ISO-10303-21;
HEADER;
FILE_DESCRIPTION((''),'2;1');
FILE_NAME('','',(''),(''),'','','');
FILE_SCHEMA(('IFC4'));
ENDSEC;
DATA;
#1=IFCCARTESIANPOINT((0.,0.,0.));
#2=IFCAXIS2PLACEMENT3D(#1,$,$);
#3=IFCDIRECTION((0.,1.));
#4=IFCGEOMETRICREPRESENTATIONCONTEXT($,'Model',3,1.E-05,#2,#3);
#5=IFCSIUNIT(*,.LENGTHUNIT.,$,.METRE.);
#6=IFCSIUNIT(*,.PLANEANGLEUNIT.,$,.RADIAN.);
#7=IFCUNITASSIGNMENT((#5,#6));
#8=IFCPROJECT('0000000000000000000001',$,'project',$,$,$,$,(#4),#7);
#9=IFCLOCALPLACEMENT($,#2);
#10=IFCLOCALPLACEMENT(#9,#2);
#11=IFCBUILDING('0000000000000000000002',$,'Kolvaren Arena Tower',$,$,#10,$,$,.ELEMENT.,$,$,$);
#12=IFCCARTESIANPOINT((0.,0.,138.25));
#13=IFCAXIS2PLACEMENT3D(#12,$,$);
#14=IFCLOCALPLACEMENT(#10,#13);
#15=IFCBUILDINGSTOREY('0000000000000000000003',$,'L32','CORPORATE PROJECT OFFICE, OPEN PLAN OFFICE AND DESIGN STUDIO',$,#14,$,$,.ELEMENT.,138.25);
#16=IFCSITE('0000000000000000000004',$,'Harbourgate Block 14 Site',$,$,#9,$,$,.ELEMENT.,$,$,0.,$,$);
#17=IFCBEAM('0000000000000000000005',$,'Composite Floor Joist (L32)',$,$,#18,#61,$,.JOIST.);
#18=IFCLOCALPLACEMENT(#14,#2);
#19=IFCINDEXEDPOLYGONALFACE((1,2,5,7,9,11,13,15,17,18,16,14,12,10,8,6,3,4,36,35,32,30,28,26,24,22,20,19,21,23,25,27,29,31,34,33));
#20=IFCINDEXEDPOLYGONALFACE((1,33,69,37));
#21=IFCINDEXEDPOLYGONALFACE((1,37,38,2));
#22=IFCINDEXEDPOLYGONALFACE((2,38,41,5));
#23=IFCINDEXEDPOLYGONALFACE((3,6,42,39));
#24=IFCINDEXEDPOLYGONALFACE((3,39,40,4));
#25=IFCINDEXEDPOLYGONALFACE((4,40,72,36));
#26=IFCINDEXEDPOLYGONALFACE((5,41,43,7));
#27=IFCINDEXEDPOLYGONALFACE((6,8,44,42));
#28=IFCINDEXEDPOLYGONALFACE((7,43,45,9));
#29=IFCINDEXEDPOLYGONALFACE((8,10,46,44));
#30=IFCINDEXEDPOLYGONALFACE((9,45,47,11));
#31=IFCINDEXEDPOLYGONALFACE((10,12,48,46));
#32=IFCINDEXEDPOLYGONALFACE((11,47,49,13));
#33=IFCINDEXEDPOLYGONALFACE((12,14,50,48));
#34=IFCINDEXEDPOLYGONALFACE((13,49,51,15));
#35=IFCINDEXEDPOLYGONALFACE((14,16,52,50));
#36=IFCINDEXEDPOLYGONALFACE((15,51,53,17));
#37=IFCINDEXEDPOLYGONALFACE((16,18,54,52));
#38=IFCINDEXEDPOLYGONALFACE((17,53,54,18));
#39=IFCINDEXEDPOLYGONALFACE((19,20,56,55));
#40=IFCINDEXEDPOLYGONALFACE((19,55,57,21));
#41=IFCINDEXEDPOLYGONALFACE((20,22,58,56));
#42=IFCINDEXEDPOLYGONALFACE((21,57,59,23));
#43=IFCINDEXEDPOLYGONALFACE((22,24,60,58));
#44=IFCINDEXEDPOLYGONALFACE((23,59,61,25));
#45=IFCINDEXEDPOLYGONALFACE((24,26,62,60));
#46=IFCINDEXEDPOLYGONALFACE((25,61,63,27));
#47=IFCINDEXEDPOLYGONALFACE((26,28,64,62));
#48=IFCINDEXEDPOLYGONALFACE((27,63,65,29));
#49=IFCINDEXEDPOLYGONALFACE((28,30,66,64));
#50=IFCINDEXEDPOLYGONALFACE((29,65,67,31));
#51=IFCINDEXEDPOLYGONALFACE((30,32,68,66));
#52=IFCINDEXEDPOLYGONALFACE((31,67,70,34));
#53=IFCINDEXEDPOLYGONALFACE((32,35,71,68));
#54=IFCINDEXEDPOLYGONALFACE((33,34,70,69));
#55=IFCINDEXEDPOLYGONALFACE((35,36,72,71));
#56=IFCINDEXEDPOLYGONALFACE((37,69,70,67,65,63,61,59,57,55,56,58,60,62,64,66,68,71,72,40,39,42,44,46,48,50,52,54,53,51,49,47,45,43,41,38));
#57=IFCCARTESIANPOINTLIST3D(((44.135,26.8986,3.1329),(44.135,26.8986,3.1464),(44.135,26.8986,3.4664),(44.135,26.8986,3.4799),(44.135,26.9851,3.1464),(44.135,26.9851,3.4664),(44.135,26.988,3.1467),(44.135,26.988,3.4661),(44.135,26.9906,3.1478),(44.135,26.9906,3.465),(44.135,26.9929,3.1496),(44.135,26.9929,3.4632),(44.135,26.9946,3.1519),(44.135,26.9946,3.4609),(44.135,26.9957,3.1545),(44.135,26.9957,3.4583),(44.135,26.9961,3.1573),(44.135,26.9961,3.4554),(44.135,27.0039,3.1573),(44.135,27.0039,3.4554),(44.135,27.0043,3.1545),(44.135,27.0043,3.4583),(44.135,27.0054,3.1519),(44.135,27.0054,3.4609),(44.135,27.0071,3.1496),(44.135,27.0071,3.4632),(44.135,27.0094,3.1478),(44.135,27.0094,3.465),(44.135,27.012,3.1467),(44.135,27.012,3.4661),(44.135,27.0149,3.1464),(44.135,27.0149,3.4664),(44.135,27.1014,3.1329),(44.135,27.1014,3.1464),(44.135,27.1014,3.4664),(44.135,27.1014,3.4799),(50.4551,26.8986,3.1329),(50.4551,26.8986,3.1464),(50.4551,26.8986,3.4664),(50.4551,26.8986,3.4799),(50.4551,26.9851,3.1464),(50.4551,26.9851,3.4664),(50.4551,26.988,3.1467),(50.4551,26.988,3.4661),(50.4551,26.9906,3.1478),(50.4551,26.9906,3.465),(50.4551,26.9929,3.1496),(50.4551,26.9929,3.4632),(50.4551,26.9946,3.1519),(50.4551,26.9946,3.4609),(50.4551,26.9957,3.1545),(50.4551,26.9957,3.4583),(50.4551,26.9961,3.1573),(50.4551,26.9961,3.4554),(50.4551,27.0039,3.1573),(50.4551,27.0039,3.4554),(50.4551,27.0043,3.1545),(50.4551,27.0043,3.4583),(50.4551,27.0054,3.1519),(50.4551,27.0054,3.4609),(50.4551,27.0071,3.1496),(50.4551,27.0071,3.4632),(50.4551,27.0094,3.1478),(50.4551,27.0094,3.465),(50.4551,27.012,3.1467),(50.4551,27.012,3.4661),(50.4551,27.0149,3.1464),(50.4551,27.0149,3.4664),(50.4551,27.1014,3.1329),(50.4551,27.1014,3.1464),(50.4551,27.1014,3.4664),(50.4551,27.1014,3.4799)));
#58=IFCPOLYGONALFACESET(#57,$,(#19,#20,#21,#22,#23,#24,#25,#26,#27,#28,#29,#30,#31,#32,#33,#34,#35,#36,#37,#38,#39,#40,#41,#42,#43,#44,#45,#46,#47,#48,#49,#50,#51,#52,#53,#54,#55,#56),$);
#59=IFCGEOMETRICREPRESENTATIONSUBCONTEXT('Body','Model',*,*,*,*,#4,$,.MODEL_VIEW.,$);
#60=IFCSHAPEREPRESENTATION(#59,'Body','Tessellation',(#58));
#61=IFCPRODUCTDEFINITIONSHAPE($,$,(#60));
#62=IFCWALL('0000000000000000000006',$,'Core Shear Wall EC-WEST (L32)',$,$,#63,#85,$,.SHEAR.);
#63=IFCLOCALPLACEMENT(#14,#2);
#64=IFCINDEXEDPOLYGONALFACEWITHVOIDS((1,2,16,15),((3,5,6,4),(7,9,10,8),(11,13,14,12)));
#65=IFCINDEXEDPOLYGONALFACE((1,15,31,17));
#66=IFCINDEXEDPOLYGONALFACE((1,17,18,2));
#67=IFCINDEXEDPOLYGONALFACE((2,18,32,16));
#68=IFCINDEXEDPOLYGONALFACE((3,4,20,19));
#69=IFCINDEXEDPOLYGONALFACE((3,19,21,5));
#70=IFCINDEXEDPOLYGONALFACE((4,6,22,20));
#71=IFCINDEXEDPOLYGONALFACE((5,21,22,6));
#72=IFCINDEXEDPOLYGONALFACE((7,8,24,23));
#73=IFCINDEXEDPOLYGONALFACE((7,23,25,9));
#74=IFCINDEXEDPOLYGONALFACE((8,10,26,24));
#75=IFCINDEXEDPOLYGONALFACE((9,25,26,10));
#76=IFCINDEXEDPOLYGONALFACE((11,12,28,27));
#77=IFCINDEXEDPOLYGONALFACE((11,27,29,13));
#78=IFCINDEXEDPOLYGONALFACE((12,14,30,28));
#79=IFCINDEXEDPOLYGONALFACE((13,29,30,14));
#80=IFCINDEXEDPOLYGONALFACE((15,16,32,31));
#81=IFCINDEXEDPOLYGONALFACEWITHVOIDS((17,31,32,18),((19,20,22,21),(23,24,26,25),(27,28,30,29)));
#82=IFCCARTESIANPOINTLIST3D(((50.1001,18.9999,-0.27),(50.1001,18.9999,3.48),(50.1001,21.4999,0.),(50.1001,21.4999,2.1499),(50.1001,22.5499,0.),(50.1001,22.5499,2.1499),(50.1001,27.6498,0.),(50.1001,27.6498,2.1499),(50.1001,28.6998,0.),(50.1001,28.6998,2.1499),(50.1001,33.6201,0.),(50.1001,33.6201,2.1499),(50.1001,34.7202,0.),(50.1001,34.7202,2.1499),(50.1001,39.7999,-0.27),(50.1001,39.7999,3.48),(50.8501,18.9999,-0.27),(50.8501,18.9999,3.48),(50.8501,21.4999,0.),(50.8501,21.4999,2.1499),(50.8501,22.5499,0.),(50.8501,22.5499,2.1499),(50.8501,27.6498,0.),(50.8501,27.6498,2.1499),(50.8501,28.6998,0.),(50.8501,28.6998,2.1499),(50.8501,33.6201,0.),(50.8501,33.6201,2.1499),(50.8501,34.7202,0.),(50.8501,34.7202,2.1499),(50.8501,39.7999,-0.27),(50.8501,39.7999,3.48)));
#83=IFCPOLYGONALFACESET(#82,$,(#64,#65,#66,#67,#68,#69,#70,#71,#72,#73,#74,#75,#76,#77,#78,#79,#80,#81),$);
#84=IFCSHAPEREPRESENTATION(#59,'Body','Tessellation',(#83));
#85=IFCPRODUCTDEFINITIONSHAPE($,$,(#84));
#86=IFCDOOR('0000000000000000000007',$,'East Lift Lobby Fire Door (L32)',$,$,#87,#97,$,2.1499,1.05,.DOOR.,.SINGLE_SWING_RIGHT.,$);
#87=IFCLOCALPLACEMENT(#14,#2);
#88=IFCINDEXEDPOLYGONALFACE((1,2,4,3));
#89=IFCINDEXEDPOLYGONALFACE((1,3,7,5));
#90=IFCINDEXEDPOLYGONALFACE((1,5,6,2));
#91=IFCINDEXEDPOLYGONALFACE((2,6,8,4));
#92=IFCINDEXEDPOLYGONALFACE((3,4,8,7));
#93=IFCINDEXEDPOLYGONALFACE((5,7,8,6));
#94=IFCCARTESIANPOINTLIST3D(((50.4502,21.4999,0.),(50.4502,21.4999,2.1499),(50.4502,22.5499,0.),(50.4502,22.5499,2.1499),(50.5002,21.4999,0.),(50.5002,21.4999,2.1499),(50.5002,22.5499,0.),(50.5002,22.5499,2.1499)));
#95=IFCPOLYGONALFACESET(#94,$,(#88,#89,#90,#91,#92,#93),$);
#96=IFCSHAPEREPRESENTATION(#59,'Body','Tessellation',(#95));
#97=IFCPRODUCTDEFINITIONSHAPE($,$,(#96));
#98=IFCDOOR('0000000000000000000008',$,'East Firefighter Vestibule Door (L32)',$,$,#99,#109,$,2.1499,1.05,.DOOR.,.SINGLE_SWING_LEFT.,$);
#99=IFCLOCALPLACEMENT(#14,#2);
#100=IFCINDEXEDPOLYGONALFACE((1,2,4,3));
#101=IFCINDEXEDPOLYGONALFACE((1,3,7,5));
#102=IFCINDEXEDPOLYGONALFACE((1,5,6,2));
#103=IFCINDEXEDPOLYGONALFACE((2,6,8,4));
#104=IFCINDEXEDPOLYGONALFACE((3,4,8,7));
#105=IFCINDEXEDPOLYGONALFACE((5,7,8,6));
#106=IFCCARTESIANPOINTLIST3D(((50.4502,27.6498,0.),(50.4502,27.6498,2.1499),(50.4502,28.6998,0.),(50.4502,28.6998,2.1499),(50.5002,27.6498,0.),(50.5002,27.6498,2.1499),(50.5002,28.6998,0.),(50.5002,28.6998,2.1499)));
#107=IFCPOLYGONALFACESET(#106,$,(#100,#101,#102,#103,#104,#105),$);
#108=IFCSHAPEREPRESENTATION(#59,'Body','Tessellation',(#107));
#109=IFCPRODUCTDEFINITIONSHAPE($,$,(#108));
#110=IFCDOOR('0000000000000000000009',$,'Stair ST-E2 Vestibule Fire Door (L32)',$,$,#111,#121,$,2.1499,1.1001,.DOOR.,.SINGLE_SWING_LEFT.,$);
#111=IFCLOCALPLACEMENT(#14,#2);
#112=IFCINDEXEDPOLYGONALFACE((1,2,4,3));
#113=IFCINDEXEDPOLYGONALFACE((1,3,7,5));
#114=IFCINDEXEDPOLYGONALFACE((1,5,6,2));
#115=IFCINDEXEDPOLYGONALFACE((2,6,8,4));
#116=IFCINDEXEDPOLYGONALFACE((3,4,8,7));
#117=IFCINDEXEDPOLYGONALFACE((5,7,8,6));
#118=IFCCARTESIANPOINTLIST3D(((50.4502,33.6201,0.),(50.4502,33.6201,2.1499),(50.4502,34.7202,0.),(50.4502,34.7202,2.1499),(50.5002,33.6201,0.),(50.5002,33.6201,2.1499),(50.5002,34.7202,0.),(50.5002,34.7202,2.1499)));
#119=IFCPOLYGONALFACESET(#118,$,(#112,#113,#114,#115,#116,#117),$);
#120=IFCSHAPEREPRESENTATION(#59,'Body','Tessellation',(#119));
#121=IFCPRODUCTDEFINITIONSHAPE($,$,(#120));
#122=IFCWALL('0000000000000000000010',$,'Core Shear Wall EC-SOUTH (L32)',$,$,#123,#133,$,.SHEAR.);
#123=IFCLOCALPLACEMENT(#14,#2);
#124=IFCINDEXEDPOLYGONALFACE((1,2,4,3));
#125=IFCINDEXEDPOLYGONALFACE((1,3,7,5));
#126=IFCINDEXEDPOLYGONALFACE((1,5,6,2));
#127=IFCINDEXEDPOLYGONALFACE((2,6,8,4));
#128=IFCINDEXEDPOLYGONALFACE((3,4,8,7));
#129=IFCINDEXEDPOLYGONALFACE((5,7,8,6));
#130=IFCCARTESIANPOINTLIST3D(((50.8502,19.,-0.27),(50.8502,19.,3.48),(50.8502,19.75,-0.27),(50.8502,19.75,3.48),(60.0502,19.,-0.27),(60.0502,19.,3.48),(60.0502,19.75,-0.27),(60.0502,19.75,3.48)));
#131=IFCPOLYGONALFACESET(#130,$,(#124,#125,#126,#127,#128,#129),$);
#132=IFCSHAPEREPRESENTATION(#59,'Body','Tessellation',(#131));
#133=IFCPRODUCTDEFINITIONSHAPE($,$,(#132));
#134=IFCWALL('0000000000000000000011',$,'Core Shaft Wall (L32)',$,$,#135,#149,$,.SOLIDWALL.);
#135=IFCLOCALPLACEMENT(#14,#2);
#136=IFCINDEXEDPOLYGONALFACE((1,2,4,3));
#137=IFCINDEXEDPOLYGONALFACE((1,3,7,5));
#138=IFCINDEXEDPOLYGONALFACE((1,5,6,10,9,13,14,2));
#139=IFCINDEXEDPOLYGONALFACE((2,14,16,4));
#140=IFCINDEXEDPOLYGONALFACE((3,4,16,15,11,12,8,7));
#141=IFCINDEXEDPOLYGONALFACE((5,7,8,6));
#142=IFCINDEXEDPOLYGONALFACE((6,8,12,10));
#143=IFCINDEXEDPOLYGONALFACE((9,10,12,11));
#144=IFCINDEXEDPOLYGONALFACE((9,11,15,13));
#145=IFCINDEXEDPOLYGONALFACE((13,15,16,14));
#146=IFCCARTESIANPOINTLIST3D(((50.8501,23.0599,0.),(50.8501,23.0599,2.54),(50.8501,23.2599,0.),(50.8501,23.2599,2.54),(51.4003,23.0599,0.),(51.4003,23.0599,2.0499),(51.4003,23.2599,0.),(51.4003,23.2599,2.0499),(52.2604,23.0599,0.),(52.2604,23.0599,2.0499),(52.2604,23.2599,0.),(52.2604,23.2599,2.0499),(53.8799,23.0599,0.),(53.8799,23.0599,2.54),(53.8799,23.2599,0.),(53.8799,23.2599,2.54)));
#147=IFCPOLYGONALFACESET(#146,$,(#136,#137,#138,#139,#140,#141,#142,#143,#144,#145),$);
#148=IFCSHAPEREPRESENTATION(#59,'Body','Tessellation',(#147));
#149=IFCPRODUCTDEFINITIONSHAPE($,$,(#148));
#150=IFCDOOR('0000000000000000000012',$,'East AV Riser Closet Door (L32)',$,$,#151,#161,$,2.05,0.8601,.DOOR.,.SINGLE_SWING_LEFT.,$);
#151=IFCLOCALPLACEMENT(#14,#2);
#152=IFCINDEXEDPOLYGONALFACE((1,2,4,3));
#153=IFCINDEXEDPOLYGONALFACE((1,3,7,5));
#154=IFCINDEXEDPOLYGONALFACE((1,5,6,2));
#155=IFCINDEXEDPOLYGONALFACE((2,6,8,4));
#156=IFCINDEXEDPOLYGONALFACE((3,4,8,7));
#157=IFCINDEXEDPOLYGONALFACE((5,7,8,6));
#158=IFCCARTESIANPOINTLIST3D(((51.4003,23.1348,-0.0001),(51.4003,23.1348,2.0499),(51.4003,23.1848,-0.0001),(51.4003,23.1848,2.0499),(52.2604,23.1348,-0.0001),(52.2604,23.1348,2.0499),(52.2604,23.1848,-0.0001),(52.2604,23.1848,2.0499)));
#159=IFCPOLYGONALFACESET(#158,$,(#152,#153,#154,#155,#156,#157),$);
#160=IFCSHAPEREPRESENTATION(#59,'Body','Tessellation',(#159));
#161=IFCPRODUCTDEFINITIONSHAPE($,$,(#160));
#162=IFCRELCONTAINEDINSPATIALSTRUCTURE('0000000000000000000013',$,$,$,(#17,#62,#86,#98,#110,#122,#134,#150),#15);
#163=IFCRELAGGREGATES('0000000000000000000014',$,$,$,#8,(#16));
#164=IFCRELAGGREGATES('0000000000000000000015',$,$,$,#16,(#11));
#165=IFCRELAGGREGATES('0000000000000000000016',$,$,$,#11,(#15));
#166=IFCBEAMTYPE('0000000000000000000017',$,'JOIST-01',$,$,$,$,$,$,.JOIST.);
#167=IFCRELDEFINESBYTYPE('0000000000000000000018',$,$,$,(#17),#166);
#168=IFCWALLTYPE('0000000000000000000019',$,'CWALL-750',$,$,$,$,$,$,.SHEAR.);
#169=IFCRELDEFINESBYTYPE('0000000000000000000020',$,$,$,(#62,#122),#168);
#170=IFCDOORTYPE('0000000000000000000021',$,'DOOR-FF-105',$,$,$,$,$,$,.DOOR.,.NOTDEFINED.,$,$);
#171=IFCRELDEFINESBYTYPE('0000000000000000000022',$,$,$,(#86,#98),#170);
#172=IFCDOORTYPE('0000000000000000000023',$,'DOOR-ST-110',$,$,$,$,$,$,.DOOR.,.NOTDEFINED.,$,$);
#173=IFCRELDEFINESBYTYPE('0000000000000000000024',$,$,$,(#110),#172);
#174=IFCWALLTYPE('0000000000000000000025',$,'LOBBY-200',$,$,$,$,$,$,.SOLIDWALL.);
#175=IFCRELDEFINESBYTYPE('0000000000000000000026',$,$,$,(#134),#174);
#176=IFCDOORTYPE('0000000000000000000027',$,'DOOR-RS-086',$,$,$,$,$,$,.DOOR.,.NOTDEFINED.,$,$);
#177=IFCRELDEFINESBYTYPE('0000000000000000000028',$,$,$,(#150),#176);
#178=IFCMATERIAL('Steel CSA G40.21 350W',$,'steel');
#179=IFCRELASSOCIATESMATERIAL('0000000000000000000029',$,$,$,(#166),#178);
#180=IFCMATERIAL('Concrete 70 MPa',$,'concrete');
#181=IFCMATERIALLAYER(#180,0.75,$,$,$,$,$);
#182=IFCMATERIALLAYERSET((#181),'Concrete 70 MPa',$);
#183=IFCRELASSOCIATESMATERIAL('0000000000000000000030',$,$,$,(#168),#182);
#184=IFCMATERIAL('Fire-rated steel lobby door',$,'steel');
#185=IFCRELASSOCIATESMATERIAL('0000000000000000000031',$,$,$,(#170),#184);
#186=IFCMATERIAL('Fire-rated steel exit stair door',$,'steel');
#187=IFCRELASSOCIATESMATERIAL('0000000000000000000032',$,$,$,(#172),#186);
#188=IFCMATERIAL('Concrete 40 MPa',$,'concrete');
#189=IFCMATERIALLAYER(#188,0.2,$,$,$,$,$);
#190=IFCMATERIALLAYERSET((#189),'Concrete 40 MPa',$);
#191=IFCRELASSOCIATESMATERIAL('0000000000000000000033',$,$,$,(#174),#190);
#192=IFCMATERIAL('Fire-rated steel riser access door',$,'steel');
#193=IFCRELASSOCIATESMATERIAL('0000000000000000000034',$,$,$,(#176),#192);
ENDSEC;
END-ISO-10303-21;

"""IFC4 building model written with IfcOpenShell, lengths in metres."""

from ifc_helpers import new_model, si_unit, direction, frame, frame_2d, origin, origin_2d, place, context, subcontext, project, spatial, rectangle, i_section, extrude, material, layer, layer_set, material_profile, profile_set, type_object, element, fill, save


model = new_model("IFC4")

# Units and contexts
model_context = context("Model", 3, precision=1e-05, world=origin(), true_north=direction((0.0, 1.0)))
body_context = subcontext(model_context, "Body", "Model", "MODEL_VIEW")
ifc_project = project(units=[si_unit("LENGTHUNIT", "METRE"), si_unit("PLANEANGLEUNIT", "RADIAN")], contexts=[model_context])

# Site, building, storey
site_placement = place(None, origin())
site = spatial("IfcSite", under=ifc_project, at=site_placement, Name="Harbourgate Block 14 Site", CompositionType="ELEMENT", RefElevation=0.0)
building_placement = place(site_placement, origin())
building = spatial("IfcBuilding", under=site, at=building_placement, Name="Kolvaren Arena Tower", CompositionType="ELEMENT")
storey_placement = place(building_placement, frame((0.0, 0.0, 138.25)))
storey = spatial("IfcBuildingStorey", under=building, at=storey_placement, Name="L32", Description="CORPORATE PROJECT OFFICE, OPEN PLAN OFFICE AND DESIGN STUDIO", CompositionType="ELEMENT", Elevation=138.25)

# Beam
ifc_material_1 = material(Name="Steel CSA G40.21 350W", Category="steel")
ifc_material_profile_1 = material_profile(ifc_material_1, i_section(OverallWidth=0.2029, OverallDepth=0.3469, WebThickness=0.0078, FlangeThickness=0.0134, FilletRadius=0.011, at=origin_2d()), Name="W360x64")
ifc_profile_set_1 = profile_set([ifc_material_profile_1], Name="Steel CSA G40.21 350W")
beam_type_1 = type_object("IfcBeamType", Name="JOIST-01", PredefinedType="JOIST", material=ifc_profile_set_1)
for number, where, z_axis, x_axis, name in (
    (1, (44.135, 27.0, 3.3064), (1.0, 0.0, 0.0), (0.0, 1.0, 0.0), "Composite Floor Joist (L32)"),
):
    element("IfcBeam", number, at=place(storey_placement, frame(where, z_axis=z_axis, x_axis=x_axis)), inside=storey, type_object=beam_type_1, Name=name, PredefinedType="JOIST", context=body_context, shape_type="SweptSolid", body=[
        extrude(i_section(OverallWidth=0.2029, OverallDepth=0.3469, WebThickness=0.0078, FlangeThickness=0.0134, FilletRadius=0.011, at=origin_2d()), origin(), (0.0, 0.0, 1.0), 6.3201),
    ])

# Wall, openings, doors
ifc_material_2 = material(Name="Concrete 70 MPa", Category="concrete")
ifc_layer_1 = layer(ifc_material_2, 0.75)
ifc_layer_set_1 = layer_set([ifc_layer_1], Name="Concrete 70 MPa")
wall_type_1 = type_object("IfcWallType", Name="CWALL-750", PredefinedType="SHEAR", material=ifc_layer_set_1)
wall_1_placement = place(storey_placement, frame((50.4751, 19.0, -0.27), z_axis=(0.0, 0.0, 1.0), x_axis=(0.0, 1.0, 0.0)))
wall_1 = element("IfcWall", 2, at=wall_1_placement, inside=storey, type_object=wall_type_1, Name="Core Shear Wall EC-WEST (L32)", PredefinedType="SHEAR", context=body_context, shape_type="SweptSolid", body=[
    extrude(rectangle(XDim=20.8, YDim=0.75, at=frame_2d((10.3999, 0.0))), origin(), (0.0, 0.0, 1.0), 3.75),
])
opening_1_placement = place(wall_1_placement, frame((2.5, 0.0, 0.27)))
opening_1 = element("IfcOpeningElement", 3, at=opening_1_placement, cuts=wall_1, PredefinedType="OPENING", context=body_context, shape_type="SweptSolid", body=[
    extrude(rectangle(XDim=1.05, YDim=2.1499, at=frame_2d((0.5249, 1.075))), frame((0.0, 0.385, 0.0), z_axis=(0.0, -1.0, 0.0), x_axis=(1.0, 0.0, 0.0)), (0.0, 0.0, 1.0), 0.77),
])
opening_2_placement = place(wall_1_placement, frame((8.6499, 0.0, 0.27)))
opening_2 = element("IfcOpeningElement", 4, at=opening_2_placement, cuts=wall_1, PredefinedType="OPENING", context=body_context, shape_type="SweptSolid", body=[
    extrude(rectangle(XDim=1.05, YDim=2.1499, at=frame_2d((0.5249, 1.075))), frame((0.0, 0.385, 0.0), z_axis=(0.0, -1.0, 0.0), x_axis=(1.0, 0.0, 0.0)), (0.0, 0.0, 1.0), 0.77),
])
opening_3_placement = place(wall_1_placement, frame((14.6201, 0.0, 0.27)))
opening_3 = element("IfcOpeningElement", 5, at=opening_3_placement, cuts=wall_1, PredefinedType="OPENING", context=body_context, shape_type="SweptSolid", body=[
    extrude(rectangle(XDim=1.1001, YDim=2.1499, at=frame_2d((0.55, 1.075))), frame((0.0, 0.385, 0.0), z_axis=(0.0, -1.0, 0.0), x_axis=(1.0, 0.0, 0.0)), (0.0, 0.0, 1.0), 0.77),
])
ifc_material_3 = material(Name="Fire-rated steel lobby door", Category="steel")
door_type_1 = type_object("IfcDoorType", Name="DOOR-FF-105", OperationType="NOTDEFINED", PredefinedType="DOOR", material=ifc_material_3)
door_1_placement = place(opening_1_placement, origin())
door_1 = element("IfcDoor", 6, at=door_1_placement, inside=storey, type_object=door_type_1, Name="East Lift Lobby Fire Door (L32)", OperationType="SINGLE_SWING_RIGHT", OverallHeight=2.1499, OverallWidth=1.05, PredefinedType="DOOR", context=body_context, shape_type="SweptSolid", body=[
    extrude(rectangle(XDim=1.05, YDim=2.1499, at=frame_2d((0.5249, 1.075))), frame((0.0, 0.0249, 0.0), z_axis=(0.0, -1.0, 0.0), x_axis=(1.0, 0.0, 0.0)), (0.0, 0.0, 1.0), 0.05),
])
fill(opening_1, door_1)
door_2_placement = place(opening_2_placement, origin())
door_2 = element("IfcDoor", 7, at=door_2_placement, inside=storey, type_object=door_type_1, Name="East Firefighter Vestibule Door (L32)", OperationType="SINGLE_SWING_LEFT", OverallHeight=2.1499, OverallWidth=1.05, PredefinedType="DOOR", context=body_context, shape_type="SweptSolid", body=[
    extrude(rectangle(XDim=1.05, YDim=2.1499, at=frame_2d((0.5249, 1.075))), frame((0.0, 0.0249, 0.0), z_axis=(0.0, -1.0, 0.0), x_axis=(1.0, 0.0, 0.0)), (0.0, 0.0, 1.0), 0.05),
])
fill(opening_2, door_2)
ifc_material_4 = material(Name="Fire-rated steel exit stair door", Category="steel")
door_type_2 = type_object("IfcDoorType", Name="DOOR-ST-110", OperationType="NOTDEFINED", PredefinedType="DOOR", material=ifc_material_4)
door_3_placement = place(opening_3_placement, origin())
door_3 = element("IfcDoor", 8, at=door_3_placement, inside=storey, type_object=door_type_2, Name="Stair ST-E2 Vestibule Fire Door (L32)", OperationType="SINGLE_SWING_LEFT", OverallHeight=2.1499, OverallWidth=1.1001, PredefinedType="DOOR", context=body_context, shape_type="SweptSolid", body=[
    extrude(rectangle(XDim=1.1001, YDim=2.1499, at=frame_2d((0.55, 1.075))), frame((0.0, 0.0249, 0.0), z_axis=(0.0, -1.0, 0.0), x_axis=(1.0, 0.0, 0.0)), (0.0, 0.0, 1.0), 0.05),
])
fill(opening_3, door_3)

# Wall
wall_2_placement = place(storey_placement, frame((50.8501, 19.375, -0.27), z_axis=(0.0, 0.0, 1.0), x_axis=(1.0, 0.0, 0.0)))
element("IfcWall", 9, at=wall_2_placement, inside=storey, type_object=wall_type_1, Name="Core Shear Wall EC-SOUTH (L32)", PredefinedType="SHEAR", context=body_context, shape_type="SweptSolid", body=[
    extrude(rectangle(XDim=9.2, YDim=0.75, at=frame_2d((4.6001, 0.0))), origin(), (0.0, 0.0, 1.0), 3.75),
])

# Shared definitions
ifc_material_5 = material(Name="Concrete 40 MPa", Category="concrete")
ifc_layer_2 = layer(ifc_material_5, 0.2)
ifc_layer_set_2 = layer_set([ifc_layer_2], Name="Concrete 40 MPa")
wall_type_2 = type_object("IfcWallType", Name="LOBBY-200", PredefinedType="SOLIDWALL", material=ifc_layer_set_2)

# Wall, opening, door
wall_3_placement = place(storey_placement, frame((50.8501, 23.1599, 0.0), z_axis=(0.0, 0.0, 1.0), x_axis=(1.0, 0.0, 0.0)))
wall_3 = element("IfcWall", 10, at=wall_3_placement, inside=storey, type_object=wall_type_2, Name="Core Shaft Wall (L32)", PredefinedType="SOLIDWALL", context=body_context, shape_type="SweptSolid", body=[
    extrude(rectangle(XDim=3.0298, YDim=0.2, at=frame_2d((1.5149, 0.0))), origin(), (0.0, 0.0, 1.0), 2.54),
])
opening_4_placement = place(wall_3_placement, frame((0.55, 0.0, 0.0)))
opening_4 = element("IfcOpeningElement", 11, at=opening_4_placement, cuts=wall_3, PredefinedType="OPENING", context=body_context, shape_type="SweptSolid", body=[
    extrude(rectangle(XDim=0.8601, YDim=2.05, at=frame_2d((0.4302, 1.0249))), frame((0.0, 0.1099, 0.0), z_axis=(0.0, -1.0, 0.0), x_axis=(1.0, 0.0, 0.0)), (0.0, 0.0, 1.0), 0.22),
])
ifc_material_6 = material(Name="Fire-rated steel riser access door", Category="steel")
door_type_3 = type_object("IfcDoorType", Name="DOOR-RS-086", OperationType="NOTDEFINED", PredefinedType="DOOR", material=ifc_material_6)
door_4_placement = place(opening_4_placement, origin())
door_4 = element("IfcDoor", 12, at=door_4_placement, inside=storey, type_object=door_type_3, Name="East AV Riser Closet Door (L32)", OperationType="SINGLE_SWING_LEFT", OverallHeight=2.05, OverallWidth=0.8601, PredefinedType="DOOR", context=body_context, shape_type="SweptSolid", body=[
    extrude(rectangle(XDim=0.8601, YDim=2.05, at=frame_2d((0.4302, 1.0249))), frame((0.0, 0.0249, 0.0), z_axis=(0.0, -1.0, 0.0), x_axis=(1.0, 0.0, 0.0)), (0.0, 0.0, 1.0), 0.05),
])
fill(opening_4, door_4)

save(model, "model.ifc")
